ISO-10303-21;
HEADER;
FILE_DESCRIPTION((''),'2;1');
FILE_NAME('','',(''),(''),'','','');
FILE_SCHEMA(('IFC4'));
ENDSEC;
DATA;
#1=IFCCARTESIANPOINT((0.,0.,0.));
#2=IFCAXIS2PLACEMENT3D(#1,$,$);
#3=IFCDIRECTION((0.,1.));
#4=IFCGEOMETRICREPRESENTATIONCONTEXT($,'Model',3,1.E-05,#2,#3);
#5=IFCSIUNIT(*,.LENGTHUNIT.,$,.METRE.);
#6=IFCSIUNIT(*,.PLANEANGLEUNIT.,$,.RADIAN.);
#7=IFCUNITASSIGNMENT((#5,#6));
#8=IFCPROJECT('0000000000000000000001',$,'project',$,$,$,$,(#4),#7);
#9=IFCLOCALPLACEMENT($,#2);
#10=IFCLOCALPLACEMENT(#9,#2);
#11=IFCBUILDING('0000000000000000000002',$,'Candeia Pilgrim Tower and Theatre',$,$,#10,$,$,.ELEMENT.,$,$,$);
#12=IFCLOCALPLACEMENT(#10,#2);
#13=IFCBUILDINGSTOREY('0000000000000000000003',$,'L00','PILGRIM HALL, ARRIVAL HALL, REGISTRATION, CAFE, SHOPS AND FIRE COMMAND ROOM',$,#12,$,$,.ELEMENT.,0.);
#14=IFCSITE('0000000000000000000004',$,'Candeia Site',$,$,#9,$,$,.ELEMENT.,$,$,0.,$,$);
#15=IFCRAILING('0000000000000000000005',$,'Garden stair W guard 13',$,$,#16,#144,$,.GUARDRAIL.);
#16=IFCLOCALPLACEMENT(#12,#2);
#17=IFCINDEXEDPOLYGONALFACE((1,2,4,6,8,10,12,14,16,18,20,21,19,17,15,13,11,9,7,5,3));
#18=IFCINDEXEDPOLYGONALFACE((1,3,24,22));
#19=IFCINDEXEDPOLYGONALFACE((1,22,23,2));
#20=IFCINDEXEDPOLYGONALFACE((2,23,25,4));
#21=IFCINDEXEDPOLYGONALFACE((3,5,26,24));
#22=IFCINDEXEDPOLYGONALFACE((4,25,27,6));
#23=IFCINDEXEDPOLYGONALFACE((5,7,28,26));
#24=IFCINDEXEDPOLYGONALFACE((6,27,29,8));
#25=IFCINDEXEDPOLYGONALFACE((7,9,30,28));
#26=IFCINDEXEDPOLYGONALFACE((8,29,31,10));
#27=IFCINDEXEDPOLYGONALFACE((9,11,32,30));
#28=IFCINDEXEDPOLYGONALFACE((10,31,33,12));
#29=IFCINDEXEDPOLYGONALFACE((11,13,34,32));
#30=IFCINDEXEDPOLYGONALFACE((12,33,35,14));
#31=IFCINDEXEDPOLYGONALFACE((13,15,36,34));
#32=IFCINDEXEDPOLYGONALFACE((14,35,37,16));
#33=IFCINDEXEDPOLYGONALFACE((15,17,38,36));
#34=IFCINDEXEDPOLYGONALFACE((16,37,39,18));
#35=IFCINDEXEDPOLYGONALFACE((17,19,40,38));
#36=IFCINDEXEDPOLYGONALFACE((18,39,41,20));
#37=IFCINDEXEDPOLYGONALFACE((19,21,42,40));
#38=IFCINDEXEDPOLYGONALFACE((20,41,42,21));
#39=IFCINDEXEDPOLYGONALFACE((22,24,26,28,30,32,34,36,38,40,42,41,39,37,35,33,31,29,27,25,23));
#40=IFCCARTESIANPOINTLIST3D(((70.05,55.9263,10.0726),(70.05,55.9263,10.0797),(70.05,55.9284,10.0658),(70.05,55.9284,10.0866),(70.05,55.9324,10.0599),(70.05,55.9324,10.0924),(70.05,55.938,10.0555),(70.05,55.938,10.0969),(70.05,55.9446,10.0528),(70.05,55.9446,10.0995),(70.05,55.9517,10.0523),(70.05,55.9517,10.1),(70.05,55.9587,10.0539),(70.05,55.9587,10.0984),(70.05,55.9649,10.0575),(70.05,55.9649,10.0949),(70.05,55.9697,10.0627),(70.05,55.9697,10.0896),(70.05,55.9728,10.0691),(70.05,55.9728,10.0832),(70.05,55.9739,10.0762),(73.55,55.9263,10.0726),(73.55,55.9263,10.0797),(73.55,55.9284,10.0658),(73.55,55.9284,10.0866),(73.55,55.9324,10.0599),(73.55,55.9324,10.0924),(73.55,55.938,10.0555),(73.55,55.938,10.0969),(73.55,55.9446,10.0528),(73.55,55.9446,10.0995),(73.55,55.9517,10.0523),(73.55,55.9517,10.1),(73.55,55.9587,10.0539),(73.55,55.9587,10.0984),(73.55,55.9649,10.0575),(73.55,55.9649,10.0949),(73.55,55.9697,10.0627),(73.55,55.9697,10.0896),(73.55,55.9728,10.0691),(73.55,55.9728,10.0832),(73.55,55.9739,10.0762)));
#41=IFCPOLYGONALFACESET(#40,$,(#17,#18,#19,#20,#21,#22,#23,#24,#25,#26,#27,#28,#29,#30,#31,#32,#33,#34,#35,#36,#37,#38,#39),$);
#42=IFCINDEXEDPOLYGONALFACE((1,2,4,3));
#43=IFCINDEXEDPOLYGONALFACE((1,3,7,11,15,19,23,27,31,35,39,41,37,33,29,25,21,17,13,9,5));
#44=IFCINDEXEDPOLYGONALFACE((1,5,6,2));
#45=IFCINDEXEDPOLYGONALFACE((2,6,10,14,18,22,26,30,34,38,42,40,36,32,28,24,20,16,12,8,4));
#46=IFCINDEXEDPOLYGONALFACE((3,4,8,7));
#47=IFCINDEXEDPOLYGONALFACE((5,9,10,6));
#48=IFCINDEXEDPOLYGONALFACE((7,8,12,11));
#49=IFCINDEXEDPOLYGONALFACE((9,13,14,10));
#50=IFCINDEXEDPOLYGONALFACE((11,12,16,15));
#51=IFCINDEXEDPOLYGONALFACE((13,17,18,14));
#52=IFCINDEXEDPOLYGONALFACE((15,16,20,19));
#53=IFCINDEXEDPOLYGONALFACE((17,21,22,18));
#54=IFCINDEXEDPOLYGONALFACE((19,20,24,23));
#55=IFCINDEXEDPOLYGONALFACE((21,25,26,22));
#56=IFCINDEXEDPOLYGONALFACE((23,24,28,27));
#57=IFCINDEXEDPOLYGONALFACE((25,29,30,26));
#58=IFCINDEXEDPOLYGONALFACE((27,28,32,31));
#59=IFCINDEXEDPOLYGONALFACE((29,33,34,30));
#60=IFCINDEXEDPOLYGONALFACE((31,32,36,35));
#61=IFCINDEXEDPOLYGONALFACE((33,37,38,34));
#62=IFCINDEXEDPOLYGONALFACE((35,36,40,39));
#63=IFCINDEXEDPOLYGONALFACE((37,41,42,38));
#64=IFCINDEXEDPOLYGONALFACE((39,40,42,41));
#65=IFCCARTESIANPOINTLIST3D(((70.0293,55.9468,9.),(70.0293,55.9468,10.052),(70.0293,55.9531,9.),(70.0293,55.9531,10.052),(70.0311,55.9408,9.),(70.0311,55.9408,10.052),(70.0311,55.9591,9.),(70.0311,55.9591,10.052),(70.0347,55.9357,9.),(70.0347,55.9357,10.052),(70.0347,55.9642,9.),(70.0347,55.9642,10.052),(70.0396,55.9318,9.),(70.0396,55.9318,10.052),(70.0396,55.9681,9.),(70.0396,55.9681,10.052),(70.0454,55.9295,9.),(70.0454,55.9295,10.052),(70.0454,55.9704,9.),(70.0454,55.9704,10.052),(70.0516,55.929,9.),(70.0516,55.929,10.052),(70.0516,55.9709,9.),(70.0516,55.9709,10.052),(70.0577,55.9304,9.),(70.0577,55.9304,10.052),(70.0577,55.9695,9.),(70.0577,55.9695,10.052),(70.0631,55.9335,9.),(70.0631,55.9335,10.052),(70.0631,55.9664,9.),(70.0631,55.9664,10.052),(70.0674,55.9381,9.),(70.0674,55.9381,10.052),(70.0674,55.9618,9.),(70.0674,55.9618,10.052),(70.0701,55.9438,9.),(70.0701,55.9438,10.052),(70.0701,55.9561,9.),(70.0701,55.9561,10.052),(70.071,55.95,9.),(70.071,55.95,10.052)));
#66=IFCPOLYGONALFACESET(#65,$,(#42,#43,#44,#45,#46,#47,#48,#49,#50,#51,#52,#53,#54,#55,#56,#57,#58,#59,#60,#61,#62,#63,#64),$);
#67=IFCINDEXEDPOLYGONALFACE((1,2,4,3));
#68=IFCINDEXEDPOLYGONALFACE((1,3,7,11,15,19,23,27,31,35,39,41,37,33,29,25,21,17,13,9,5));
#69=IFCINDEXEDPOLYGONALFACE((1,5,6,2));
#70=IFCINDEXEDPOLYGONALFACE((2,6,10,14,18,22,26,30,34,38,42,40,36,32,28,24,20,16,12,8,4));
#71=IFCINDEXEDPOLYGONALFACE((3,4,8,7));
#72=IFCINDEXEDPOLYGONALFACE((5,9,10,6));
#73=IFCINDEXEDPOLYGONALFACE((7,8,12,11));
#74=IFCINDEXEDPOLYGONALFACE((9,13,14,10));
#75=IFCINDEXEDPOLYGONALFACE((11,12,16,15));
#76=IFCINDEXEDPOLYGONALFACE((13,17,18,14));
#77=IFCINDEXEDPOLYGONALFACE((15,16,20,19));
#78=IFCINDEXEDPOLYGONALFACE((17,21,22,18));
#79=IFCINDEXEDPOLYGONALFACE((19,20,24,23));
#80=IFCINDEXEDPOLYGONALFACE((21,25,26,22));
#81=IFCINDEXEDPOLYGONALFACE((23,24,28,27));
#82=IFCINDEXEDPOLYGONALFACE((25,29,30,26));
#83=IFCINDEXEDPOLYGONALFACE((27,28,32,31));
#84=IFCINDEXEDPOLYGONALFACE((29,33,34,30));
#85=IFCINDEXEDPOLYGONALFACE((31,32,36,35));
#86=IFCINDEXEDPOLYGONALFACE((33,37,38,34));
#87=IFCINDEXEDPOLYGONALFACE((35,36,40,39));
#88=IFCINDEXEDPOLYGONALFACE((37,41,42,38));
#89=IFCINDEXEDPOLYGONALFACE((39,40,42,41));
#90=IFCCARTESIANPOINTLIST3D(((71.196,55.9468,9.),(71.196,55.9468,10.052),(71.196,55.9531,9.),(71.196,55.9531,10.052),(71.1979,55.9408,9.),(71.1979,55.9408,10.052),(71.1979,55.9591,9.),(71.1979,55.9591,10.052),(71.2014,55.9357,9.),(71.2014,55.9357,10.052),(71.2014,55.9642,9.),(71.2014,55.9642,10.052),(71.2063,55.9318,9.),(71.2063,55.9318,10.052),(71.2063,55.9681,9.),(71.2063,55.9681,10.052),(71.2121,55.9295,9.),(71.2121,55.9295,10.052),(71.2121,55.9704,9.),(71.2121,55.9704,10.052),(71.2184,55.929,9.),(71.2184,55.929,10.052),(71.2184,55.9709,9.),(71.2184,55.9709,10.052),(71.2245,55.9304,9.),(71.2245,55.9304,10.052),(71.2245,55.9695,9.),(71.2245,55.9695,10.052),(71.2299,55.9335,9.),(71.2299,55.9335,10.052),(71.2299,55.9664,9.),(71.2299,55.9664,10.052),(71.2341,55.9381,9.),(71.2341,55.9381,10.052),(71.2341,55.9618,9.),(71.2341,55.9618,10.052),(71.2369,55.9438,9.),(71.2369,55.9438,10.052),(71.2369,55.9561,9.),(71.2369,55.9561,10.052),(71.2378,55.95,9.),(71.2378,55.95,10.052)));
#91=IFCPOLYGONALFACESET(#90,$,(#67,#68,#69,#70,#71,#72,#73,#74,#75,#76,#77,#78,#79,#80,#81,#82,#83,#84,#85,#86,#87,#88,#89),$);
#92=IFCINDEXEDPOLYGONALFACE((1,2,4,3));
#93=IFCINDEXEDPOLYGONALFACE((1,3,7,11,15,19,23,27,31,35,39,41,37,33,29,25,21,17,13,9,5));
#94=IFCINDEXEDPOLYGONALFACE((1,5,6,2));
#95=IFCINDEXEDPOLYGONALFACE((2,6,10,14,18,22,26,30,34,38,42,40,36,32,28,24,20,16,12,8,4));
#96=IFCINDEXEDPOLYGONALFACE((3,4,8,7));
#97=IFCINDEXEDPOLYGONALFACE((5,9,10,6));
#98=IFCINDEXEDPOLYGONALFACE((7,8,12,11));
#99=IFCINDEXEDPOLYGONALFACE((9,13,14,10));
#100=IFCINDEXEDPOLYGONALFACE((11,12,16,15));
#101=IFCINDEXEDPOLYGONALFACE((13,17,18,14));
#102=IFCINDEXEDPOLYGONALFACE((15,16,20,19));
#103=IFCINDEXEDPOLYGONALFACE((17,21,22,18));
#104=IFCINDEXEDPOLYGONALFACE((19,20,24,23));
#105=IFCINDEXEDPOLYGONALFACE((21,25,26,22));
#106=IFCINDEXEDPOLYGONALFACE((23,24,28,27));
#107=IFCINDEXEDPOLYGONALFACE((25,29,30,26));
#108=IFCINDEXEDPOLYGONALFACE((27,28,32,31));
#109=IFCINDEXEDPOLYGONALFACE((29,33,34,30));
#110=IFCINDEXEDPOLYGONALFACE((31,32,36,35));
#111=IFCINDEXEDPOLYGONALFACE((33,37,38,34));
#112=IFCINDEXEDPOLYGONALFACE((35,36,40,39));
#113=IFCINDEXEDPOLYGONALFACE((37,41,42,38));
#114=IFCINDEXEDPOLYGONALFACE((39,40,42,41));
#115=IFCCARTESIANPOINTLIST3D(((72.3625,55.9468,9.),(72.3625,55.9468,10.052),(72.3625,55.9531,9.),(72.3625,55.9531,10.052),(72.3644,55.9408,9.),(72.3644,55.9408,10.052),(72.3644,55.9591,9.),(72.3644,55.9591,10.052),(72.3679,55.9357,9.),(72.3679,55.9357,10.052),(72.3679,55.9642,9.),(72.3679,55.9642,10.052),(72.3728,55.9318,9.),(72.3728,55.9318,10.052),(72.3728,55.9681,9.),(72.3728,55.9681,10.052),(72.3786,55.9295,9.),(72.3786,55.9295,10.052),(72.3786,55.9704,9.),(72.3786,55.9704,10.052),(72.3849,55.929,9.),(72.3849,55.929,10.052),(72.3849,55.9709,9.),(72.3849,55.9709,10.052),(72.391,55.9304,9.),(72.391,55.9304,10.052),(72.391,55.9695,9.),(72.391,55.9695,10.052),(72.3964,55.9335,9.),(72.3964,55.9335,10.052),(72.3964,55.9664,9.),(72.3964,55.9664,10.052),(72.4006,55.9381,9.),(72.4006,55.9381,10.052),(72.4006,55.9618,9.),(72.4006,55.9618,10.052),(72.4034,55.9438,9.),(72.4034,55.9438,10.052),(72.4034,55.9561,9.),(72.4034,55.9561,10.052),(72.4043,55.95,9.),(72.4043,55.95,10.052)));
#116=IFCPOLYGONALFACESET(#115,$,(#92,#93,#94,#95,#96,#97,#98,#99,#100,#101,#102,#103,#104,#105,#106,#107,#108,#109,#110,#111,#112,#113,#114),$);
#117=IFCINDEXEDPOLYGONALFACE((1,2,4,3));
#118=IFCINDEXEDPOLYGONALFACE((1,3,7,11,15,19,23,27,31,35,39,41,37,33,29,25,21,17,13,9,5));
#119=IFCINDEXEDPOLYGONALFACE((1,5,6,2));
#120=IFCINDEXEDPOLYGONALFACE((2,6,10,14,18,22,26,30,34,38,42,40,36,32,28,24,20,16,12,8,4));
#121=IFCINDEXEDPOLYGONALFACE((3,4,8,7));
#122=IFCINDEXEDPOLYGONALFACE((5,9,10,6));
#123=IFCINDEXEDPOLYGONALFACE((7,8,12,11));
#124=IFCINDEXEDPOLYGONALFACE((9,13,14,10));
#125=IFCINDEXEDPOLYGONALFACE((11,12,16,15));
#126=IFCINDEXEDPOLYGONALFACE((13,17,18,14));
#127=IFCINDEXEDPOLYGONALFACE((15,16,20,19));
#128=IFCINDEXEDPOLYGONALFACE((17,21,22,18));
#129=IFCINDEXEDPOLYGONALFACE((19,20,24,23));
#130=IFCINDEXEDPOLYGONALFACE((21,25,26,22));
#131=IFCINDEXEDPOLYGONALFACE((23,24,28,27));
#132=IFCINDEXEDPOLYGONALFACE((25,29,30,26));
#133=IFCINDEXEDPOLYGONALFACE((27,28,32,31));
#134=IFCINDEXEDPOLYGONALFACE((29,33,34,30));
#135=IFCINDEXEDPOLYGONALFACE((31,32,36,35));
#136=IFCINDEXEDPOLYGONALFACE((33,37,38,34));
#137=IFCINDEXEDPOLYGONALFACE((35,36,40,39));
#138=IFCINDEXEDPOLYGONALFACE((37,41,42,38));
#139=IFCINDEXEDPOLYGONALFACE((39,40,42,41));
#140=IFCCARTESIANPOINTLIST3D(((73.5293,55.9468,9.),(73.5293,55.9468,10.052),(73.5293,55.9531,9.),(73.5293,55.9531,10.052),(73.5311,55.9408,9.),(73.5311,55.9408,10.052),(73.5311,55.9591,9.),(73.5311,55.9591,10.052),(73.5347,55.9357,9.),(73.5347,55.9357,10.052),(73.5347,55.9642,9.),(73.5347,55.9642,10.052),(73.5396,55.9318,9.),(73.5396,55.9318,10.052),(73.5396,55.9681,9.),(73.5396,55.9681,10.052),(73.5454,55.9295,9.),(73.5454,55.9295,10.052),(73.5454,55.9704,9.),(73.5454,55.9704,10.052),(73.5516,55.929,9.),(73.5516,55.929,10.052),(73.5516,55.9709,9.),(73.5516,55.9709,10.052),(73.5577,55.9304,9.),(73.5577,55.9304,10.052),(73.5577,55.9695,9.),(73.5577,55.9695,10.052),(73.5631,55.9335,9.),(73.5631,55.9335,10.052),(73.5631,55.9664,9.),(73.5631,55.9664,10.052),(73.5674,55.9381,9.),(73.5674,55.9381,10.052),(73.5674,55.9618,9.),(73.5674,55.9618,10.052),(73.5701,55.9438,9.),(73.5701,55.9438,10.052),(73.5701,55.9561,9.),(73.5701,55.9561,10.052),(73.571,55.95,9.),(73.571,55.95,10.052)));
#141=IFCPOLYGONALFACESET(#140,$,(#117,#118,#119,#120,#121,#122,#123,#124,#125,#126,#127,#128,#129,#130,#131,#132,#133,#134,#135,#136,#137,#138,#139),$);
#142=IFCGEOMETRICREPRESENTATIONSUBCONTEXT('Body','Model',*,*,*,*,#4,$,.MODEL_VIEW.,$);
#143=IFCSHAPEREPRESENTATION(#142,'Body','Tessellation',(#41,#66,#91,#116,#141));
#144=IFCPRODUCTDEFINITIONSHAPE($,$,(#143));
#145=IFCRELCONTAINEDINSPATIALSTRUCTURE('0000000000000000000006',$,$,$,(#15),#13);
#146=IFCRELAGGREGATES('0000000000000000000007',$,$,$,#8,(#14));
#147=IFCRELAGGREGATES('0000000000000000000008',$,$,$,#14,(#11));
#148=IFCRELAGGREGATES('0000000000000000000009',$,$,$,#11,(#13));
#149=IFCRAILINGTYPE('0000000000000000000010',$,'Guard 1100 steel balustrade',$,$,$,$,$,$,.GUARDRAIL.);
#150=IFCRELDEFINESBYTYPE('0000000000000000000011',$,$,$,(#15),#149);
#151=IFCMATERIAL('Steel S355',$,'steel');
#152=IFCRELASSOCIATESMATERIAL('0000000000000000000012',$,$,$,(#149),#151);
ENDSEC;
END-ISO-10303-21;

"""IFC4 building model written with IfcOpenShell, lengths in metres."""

from ifc_helpers import new_model, si_unit, direction, frame, origin, origin_2d, place, context, subcontext, project, spatial, circle, extrude, material, type_object, element, save


model = new_model("IFC4")

# Units and contexts
model_context = context("Model", 3, precision=1e-05, world=origin(), true_north=direction((0.0, 1.0)))
body_context = subcontext(model_context, "Body", "Model", "MODEL_VIEW")
ifc_project = project(units=[si_unit("LENGTHUNIT", "METRE"), si_unit("PLANEANGLEUNIT", "RADIAN")], contexts=[model_context])

# Site, building, storey
site_placement = place(None, origin())
site = spatial("IfcSite", under=ifc_project, at=site_placement, Name="Candeia Site", CompositionType="ELEMENT", RefElevation=0.0)
building_placement = place(site_placement, origin())
building = spatial("IfcBuilding", under=site, at=building_placement, Name="Candeia Pilgrim Tower and Theatre", CompositionType="ELEMENT")
storey_placement = place(building_placement, origin())
storey = spatial("IfcBuildingStorey", under=building, at=storey_placement, Name="L00", Description="PILGRIM HALL, ARRIVAL HALL, REGISTRATION, CAFE, SHOPS AND FIRE COMMAND ROOM", CompositionType="ELEMENT", Elevation=0.0)

# Railing
ifc_material_1 = material(Name="Steel S355", Category="steel")
railing_type_1 = type_object("IfcRailingType", Name="Guard 1100 steel balustrade", PredefinedType="GUARDRAIL", material=ifc_material_1)
railing_1_placement = place(storey_placement, frame((70.05, 55.95, 9.0)))
element("IfcRailing", 1, at=railing_1_placement, inside=storey, type_object=railing_type_1, Name="Garden stair W guard 13", PredefinedType="GUARDRAIL", context=body_context, shape_type="SweptSolid", body=[
    extrude(circle(Radius=0.0239, at=origin_2d()), frame((0.0, 0.0, 1.0762), z_axis=(1.0, 0.0, 0.0), x_axis=(0.0, 1.0, 0.0)), (0.0, 0.0, 1.0), 3.5),
    extrude(circle(Radius=0.021, at=origin_2d()), origin(), (0.0, 0.0, 1.0), 1.052),
    extrude(circle(Radius=0.021, at=origin_2d()), frame((1.1667, 0.0, 0.0)), (0.0, 0.0, 1.0), 1.052),
    extrude(circle(Radius=0.021, at=origin_2d()), frame((2.3333, 0.0, 0.0)), (0.0, 0.0, 1.0), 1.052),
    extrude(circle(Radius=0.021, at=origin_2d()), frame((3.5, 0.0, 0.0)), (0.0, 0.0, 1.0), 1.052),
])

save(model, "model.ifc")
